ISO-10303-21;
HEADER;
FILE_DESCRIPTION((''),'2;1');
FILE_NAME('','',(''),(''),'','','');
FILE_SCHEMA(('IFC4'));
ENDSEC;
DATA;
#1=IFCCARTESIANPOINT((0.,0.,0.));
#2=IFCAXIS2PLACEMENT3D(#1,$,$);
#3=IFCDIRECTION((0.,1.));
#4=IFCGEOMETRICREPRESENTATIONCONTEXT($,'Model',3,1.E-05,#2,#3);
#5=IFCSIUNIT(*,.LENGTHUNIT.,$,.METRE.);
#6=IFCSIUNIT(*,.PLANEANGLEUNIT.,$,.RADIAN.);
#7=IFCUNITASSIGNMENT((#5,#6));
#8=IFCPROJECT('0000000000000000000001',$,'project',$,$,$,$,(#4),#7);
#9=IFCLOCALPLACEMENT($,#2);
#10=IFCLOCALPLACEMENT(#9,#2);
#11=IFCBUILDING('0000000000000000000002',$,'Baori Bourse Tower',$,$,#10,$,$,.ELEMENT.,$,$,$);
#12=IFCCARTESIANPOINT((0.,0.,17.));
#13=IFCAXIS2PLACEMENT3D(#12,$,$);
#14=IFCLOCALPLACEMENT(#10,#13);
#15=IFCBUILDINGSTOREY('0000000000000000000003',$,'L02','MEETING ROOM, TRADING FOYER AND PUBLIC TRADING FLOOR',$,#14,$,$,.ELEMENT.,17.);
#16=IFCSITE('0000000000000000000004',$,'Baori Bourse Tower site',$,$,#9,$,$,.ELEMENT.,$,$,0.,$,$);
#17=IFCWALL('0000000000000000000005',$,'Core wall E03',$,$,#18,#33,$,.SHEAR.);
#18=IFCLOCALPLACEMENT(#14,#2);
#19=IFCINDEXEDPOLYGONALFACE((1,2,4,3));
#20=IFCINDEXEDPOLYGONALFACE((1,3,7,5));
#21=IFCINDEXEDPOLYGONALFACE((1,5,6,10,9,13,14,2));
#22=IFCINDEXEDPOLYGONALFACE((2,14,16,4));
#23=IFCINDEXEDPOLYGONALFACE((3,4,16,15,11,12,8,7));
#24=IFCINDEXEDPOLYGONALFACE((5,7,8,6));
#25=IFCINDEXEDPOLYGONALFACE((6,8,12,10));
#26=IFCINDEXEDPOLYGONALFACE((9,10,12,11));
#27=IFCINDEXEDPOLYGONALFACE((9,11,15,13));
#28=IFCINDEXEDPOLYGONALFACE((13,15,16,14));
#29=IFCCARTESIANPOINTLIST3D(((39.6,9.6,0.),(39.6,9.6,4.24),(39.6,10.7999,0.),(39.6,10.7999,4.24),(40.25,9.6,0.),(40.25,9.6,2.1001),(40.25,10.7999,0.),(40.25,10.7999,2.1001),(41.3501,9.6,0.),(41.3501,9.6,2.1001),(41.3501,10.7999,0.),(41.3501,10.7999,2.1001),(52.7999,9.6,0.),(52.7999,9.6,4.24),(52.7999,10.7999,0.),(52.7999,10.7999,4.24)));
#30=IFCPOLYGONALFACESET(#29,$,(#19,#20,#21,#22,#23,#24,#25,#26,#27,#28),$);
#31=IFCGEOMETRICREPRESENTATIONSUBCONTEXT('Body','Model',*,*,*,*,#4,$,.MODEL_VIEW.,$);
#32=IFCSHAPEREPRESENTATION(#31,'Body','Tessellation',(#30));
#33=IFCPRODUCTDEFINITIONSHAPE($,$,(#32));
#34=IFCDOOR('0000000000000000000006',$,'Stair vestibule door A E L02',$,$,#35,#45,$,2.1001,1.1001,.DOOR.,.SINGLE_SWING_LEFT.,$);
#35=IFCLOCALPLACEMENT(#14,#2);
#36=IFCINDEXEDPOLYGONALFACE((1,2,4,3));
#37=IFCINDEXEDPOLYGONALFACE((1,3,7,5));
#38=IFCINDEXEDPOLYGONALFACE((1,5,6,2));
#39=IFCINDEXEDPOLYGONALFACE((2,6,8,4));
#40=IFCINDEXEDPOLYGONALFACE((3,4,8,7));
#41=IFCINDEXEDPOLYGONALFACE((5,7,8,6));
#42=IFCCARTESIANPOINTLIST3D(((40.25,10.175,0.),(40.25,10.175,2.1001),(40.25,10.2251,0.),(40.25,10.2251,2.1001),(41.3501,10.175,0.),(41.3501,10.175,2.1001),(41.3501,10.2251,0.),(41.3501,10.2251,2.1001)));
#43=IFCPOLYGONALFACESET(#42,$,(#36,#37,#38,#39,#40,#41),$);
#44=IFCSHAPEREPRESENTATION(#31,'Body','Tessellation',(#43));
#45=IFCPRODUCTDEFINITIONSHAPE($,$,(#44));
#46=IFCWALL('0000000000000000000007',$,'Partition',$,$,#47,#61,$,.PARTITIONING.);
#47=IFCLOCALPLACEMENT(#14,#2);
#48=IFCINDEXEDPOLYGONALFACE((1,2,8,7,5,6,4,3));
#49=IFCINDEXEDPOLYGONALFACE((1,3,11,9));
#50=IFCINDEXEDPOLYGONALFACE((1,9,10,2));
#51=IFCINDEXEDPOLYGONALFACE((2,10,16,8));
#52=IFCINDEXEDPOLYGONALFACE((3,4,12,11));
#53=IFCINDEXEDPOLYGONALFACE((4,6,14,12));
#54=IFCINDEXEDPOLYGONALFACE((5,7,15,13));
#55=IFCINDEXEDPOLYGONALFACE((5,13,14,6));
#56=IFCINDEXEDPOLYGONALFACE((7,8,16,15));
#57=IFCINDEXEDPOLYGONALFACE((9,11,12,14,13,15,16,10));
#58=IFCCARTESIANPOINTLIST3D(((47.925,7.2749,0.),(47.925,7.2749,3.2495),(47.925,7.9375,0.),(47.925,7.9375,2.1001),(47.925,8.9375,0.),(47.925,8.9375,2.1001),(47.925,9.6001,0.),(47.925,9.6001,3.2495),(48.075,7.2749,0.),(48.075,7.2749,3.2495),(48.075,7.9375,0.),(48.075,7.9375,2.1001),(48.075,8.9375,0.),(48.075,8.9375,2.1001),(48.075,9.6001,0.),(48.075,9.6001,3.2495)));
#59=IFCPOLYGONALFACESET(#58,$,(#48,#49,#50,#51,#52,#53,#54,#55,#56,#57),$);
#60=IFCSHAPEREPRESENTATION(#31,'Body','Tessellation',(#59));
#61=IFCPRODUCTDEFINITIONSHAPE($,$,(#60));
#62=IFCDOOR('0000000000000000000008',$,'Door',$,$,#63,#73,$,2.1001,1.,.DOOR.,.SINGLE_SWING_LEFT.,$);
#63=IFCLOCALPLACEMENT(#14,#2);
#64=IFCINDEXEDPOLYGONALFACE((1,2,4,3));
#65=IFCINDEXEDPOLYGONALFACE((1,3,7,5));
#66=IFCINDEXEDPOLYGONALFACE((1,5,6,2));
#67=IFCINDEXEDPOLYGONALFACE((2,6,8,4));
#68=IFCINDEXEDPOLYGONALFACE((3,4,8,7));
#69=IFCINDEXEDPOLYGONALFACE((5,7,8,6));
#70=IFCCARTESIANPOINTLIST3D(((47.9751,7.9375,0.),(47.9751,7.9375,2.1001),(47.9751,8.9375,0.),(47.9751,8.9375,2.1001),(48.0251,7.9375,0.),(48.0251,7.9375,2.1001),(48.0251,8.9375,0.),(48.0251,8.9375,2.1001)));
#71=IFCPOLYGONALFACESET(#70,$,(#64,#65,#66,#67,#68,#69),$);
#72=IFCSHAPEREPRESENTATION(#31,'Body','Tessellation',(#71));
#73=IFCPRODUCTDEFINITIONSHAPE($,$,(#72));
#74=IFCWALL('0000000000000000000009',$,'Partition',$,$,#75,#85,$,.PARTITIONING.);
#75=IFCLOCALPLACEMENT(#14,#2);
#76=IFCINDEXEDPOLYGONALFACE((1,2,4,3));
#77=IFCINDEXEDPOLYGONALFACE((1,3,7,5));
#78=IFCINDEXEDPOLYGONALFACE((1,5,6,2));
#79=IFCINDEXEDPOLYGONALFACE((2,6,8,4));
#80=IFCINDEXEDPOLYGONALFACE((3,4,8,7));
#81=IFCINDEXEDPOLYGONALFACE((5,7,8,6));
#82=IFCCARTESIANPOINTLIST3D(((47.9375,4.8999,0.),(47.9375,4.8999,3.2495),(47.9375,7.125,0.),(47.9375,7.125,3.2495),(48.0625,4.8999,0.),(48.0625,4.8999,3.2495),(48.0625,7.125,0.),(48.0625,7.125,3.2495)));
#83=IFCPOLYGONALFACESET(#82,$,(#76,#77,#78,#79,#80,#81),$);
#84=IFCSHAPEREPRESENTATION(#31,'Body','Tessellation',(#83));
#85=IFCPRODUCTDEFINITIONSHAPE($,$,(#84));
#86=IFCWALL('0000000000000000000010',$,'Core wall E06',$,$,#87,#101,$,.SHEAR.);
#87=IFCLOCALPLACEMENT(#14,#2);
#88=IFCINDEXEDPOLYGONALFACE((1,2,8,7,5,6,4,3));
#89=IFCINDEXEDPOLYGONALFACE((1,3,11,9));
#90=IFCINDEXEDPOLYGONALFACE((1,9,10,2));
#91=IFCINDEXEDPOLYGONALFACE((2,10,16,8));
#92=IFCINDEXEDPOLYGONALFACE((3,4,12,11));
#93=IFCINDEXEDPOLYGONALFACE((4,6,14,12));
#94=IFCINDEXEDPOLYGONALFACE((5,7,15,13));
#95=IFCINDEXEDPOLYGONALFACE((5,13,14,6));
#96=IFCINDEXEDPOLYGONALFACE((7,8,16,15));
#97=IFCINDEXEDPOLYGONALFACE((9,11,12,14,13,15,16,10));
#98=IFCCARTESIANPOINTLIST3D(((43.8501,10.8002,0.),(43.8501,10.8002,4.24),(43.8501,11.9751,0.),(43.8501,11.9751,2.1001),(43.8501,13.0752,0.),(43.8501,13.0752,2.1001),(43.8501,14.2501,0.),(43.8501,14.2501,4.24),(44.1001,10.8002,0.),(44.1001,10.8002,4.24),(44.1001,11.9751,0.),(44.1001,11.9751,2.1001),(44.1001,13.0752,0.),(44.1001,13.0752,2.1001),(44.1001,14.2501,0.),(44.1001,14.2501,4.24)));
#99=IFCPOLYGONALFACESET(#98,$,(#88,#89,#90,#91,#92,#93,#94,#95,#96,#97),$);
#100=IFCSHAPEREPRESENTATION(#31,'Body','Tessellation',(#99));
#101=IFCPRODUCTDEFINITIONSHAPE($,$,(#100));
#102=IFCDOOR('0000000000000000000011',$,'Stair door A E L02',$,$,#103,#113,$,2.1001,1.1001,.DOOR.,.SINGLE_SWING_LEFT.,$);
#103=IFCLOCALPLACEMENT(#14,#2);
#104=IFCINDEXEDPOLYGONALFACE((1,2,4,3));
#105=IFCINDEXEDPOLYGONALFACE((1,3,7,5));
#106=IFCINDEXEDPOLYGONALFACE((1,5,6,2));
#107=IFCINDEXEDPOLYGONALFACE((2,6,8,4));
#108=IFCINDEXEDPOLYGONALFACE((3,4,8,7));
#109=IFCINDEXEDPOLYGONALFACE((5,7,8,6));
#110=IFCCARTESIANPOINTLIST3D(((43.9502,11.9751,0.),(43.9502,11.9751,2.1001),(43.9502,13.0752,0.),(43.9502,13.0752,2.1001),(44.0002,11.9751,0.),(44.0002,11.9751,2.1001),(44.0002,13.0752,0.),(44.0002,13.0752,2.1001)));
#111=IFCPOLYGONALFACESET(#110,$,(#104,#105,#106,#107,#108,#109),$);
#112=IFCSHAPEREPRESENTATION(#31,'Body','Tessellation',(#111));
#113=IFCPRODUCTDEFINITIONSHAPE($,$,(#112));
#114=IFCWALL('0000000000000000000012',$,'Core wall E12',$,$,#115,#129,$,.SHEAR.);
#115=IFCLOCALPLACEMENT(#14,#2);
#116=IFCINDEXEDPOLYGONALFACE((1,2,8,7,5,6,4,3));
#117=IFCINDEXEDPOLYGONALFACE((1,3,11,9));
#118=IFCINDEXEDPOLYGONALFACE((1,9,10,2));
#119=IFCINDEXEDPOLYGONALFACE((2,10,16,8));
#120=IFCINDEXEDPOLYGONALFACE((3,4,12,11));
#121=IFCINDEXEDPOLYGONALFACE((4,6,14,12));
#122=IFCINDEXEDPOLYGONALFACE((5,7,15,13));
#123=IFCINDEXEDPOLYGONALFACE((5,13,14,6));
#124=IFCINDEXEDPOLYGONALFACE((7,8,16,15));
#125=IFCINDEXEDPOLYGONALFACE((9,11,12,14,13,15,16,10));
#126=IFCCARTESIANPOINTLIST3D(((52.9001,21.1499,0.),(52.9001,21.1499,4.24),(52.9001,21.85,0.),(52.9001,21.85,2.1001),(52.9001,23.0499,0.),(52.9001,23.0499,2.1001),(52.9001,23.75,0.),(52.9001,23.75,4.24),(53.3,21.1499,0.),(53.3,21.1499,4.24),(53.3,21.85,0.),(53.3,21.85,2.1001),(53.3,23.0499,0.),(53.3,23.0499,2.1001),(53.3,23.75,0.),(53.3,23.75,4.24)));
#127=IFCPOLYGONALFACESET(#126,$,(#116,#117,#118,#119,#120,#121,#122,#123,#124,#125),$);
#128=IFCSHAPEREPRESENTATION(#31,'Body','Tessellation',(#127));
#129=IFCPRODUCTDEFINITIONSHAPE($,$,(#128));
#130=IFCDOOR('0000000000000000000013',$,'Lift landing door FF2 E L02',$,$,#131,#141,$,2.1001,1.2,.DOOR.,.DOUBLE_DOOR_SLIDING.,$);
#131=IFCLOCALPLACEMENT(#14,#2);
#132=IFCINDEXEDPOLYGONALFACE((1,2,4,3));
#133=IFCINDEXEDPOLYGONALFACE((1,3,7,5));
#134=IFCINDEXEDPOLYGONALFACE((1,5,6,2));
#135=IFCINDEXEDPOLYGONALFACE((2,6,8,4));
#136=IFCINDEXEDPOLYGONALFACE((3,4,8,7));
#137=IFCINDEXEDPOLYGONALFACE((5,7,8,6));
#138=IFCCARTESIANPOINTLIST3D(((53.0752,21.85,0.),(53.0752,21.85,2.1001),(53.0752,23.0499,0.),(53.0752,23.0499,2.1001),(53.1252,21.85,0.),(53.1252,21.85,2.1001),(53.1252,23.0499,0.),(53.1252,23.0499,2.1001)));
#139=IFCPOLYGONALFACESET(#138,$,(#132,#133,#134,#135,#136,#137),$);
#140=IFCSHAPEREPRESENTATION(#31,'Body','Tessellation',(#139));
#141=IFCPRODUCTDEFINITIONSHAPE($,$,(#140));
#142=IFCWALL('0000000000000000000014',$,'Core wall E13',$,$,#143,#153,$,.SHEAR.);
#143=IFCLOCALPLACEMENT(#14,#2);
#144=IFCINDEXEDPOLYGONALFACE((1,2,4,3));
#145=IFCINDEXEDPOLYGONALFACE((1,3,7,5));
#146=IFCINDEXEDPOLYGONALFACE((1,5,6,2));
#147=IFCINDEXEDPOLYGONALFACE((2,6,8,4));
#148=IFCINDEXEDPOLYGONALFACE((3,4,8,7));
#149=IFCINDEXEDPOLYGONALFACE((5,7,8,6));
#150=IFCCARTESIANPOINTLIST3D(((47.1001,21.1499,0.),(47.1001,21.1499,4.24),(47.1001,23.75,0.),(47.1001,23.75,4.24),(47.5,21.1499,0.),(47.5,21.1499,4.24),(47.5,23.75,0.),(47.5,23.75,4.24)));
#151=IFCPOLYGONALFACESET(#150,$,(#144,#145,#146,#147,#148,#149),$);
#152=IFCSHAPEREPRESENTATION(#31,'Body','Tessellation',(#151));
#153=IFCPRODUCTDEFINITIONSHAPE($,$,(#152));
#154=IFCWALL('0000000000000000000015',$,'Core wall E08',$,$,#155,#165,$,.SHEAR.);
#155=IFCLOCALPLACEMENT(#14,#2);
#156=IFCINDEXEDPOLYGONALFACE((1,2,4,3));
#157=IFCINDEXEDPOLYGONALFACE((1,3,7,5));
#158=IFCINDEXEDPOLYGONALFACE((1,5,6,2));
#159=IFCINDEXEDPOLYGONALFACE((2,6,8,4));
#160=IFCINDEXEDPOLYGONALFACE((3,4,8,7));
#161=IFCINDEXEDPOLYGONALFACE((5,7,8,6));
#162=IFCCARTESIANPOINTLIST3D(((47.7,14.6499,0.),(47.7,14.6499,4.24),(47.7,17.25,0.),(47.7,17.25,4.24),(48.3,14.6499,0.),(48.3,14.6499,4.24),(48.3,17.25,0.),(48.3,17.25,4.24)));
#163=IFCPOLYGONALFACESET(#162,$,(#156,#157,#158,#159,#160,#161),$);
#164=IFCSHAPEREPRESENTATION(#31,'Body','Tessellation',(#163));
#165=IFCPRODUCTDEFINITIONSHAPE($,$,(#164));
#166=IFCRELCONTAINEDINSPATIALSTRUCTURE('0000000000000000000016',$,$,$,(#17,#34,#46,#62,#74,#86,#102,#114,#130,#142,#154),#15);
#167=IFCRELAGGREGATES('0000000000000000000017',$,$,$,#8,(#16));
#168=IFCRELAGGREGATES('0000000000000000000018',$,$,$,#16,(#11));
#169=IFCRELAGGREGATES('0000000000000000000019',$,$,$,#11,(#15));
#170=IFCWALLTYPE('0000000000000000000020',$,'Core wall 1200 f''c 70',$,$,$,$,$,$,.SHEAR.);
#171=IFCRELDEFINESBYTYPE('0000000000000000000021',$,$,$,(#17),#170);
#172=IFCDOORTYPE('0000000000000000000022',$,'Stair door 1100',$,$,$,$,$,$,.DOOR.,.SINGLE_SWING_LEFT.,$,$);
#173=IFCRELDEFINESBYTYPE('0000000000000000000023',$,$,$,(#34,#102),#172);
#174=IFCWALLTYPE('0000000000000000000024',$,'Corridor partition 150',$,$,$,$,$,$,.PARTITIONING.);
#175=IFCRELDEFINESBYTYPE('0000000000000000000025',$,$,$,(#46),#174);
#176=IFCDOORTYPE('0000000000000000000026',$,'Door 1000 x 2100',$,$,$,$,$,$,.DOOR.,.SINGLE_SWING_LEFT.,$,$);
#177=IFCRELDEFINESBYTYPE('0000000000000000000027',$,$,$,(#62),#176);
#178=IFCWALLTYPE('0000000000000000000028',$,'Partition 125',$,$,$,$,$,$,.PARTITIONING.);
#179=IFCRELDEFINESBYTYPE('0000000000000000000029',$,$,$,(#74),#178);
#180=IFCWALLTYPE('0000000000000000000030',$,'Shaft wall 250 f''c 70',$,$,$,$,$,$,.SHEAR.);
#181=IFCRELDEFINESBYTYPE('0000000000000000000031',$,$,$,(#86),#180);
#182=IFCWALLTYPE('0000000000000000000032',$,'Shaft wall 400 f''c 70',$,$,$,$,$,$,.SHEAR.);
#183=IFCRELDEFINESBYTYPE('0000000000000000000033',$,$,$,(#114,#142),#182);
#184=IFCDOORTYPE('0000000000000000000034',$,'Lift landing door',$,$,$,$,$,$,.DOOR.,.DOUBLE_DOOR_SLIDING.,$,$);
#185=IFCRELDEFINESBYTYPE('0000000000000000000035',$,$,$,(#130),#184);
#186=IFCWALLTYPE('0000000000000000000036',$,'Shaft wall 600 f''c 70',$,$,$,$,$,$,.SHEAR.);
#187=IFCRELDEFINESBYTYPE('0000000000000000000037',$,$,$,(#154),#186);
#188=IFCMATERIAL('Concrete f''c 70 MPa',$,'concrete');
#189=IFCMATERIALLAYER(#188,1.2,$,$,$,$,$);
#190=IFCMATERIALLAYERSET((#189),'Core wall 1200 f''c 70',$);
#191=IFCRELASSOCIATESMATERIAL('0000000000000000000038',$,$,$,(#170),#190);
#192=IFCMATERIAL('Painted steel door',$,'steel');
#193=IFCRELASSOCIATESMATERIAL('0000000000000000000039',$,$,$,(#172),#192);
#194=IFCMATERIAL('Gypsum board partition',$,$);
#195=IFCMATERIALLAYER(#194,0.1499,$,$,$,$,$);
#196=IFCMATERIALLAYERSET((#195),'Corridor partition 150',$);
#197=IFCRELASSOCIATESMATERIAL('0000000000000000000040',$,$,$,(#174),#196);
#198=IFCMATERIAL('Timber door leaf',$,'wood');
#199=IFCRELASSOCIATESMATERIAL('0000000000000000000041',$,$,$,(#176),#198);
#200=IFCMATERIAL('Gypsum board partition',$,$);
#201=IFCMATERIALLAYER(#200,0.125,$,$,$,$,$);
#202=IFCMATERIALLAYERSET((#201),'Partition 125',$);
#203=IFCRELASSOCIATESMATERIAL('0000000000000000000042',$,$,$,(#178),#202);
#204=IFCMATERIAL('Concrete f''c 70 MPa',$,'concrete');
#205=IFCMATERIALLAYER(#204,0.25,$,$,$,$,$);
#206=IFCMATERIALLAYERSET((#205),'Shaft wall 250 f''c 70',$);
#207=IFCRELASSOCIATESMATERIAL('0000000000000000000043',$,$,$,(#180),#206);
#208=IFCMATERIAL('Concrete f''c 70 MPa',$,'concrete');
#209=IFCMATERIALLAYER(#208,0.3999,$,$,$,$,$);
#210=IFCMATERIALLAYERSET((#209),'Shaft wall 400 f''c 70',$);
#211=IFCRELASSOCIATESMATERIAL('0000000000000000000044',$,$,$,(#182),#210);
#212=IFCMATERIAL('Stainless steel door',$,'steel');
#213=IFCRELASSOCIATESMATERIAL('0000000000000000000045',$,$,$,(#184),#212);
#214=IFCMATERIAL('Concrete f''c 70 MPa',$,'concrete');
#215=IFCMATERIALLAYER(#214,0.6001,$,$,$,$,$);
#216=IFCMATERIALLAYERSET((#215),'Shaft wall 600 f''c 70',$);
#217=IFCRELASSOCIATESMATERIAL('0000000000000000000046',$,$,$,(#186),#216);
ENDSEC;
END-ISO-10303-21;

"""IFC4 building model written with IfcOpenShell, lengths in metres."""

from ifc_helpers import new_model, si_unit, direction, frame, frame_2d, origin, place, context, subcontext, project, spatial, rectangle, extrude, material, layer, layer_set, type_object, element, fill, save


model = new_model("IFC4")

# Units and contexts
model_context = context("Model", 3, precision=1e-05, world=origin(), true_north=direction((0.0, 1.0)))
body_context = subcontext(model_context, "Body", "Model", "MODEL_VIEW")
ifc_project = project(units=[si_unit("LENGTHUNIT", "METRE"), si_unit("PLANEANGLEUNIT", "RADIAN")], contexts=[model_context])

# Site, building, storey
site_placement = place(None, origin())
site = spatial("IfcSite", under=ifc_project, at=site_placement, Name="Baori Bourse Tower site", CompositionType="ELEMENT", RefElevation=0.0)
building_placement = place(site_placement, origin())
building = spatial("IfcBuilding", under=site, at=building_placement, Name="Baori Bourse Tower", CompositionType="ELEMENT")
storey_placement = place(building_placement, frame((0.0, 0.0, 17.0)))
storey = spatial("IfcBuildingStorey", under=building, at=storey_placement, Name="L02", Description="MEETING ROOM, TRADING FOYER AND PUBLIC TRADING FLOOR", CompositionType="ELEMENT", Elevation=17.0)

# Shared definitions
ifc_material_1 = material(Name="Concrete f'c 70 MPa", Category="concrete")
ifc_layer_1 = layer(ifc_material_1, 1.2)
ifc_layer_set_1 = layer_set([ifc_layer_1], Name="Core wall 1200 f'c 70")
wall_type_1 = type_object("IfcWallType", Name="Core wall 1200 f'c 70", PredefinedType="SHEAR", material=ifc_layer_set_1)

# Walls, openings, doors
wall_1_placement = place(storey_placement, frame((52.8, 10.2, 0.0), z_axis=(0.0, 0.0, 1.0), x_axis=(-1.0, 0.0, 0.0)))
wall_1 = element("IfcWall", 1, at=wall_1_placement, inside=storey, type_object=wall_type_1, Name="Core wall E03", PredefinedType="SHEAR", context=body_context, shape_type="SweptSolid", body=[
    extrude(rectangle(XDim=13.2, YDim=1.2, at=frame_2d((6.6001, 0.0))), origin(), (0.0, 0.0, 1.0), 4.24),
])
opening_1_placement = place(wall_1_placement, frame((11.45, 0.0, 0.0)))
opening_1 = element("IfcOpeningElement", 2, at=opening_1_placement, cuts=wall_1, PredefinedType="OPENING", context=body_context, shape_type="SweptSolid", body=[
    extrude(rectangle(XDim=1.1001, YDim=2.1001, at=frame_2d((0.55, 1.05))), frame((0.0, 0.6099, 0.0), z_axis=(0.0, -1.0, 0.0), x_axis=(1.0, 0.0, 0.0)), (0.0, 0.0, 1.0), 1.22),
])
ifc_material_2 = material(Name="Painted steel door", Category="steel")
door_type_1 = type_object("IfcDoorType", Name="Stair door 1100", OperationType="SINGLE_SWING_LEFT", PredefinedType="DOOR", material=ifc_material_2)
door_1_placement = place(opening_1_placement, origin())
door_1 = element("IfcDoor", 3, at=door_1_placement, inside=storey, type_object=door_type_1, Name="Stair vestibule door A E L02", OperationType="SINGLE_SWING_LEFT", OverallHeight=2.1001, OverallWidth=1.1001, PredefinedType="DOOR", context=body_context, shape_type="SweptSolid", body=[
    extrude(rectangle(XDim=1.1001, YDim=2.1001, at=frame_2d((0.55, 1.05))), frame((0.0, 0.0249, 0.0), z_axis=(0.0, -1.0, 0.0), x_axis=(1.0, 0.0, 0.0)), (0.0, 0.0, 1.0), 0.05),
])
fill(opening_1, door_1)
ifc_material_3 = material(Name="Gypsum board partition")
ifc_layer_2 = layer(ifc_material_3, 0.1499)
ifc_layer_set_2 = layer_set([ifc_layer_2], Name="Corridor partition 150")
wall_type_2 = type_object("IfcWallType", Name="Corridor partition 150", PredefinedType="PARTITIONING", material=ifc_layer_set_2)
wall_2_placement = place(storey_placement, frame((48.0, 7.2749, 0.0), z_axis=(0.0, 0.0, 1.0), x_axis=(0.0, 1.0, 0.0)))
wall_2 = element("IfcWall", 4, at=wall_2_placement, inside=storey, type_object=wall_type_2, Name="Partition", PredefinedType="PARTITIONING", context=body_context, shape_type="SweptSolid", body=[
    extrude(rectangle(XDim=2.3252, YDim=0.1499, at=frame_2d((1.1626, 0.0))), origin(), (0.0, 0.0, 1.0), 3.2495),
])
opening_2_placement = place(wall_2_placement, frame((0.6626, 0.0, 0.0)))
opening_2 = element("IfcOpeningElement", 5, at=opening_2_placement, cuts=wall_2, PredefinedType="OPENING", context=body_context, shape_type="SweptSolid", body=[
    extrude(rectangle(XDim=1.0, YDim=2.1001, at=frame_2d((0.5, 1.05))), frame((0.0, 0.085, 0.0), z_axis=(0.0, -1.0, 0.0), x_axis=(1.0, 0.0, 0.0)), (0.0, 0.0, 1.0), 0.1699),
])
ifc_material_4 = material(Name="Timber door leaf", Category="wood")
door_type_2 = type_object("IfcDoorType", Name="Door 1000 x 2100", OperationType="SINGLE_SWING_LEFT", PredefinedType="DOOR", material=ifc_material_4)
door_2_placement = place(opening_2_placement, origin())
door_2 = element("IfcDoor", 6, at=door_2_placement, inside=storey, type_object=door_type_2, Name="Door", OperationType="SINGLE_SWING_LEFT", OverallHeight=2.1001, OverallWidth=1.0, PredefinedType="DOOR", context=body_context, shape_type="SweptSolid", body=[
    extrude(rectangle(XDim=1.0, YDim=2.1001, at=frame_2d((0.5, 1.05))), frame((0.0, 0.0249, 0.0), z_axis=(0.0, -1.0, 0.0), x_axis=(1.0, 0.0, 0.0)), (0.0, 0.0, 1.0), 0.05),
])
fill(opening_2, door_2)

# Wall
ifc_material_5 = material(Name="Gypsum board partition")
ifc_layer_3 = layer(ifc_material_5, 0.125)
ifc_layer_set_3 = layer_set([ifc_layer_3], Name="Partition 125")
wall_type_3 = type_object("IfcWallType", Name="Partition 125", PredefinedType="PARTITIONING", material=ifc_layer_set_3)
wall_3_placement = place(storey_placement, frame((48.0, 4.8999, 0.0), z_axis=(0.0, 0.0, 1.0), x_axis=(0.0, 1.0, 0.0)))
element("IfcWall", 7, at=wall_3_placement, inside=storey, type_object=wall_type_3, Name="Partition", PredefinedType="PARTITIONING", context=body_context, shape_type="SweptSolid", body=[
    extrude(rectangle(XDim=2.2251, YDim=0.125, at=frame_2d((1.1125, 0.0))), origin(), (0.0, 0.0, 1.0), 3.2495),
])

# Walls, openings, doors
ifc_material_6 = material(Name="Concrete f'c 70 MPa", Category="concrete")
ifc_layer_4 = layer(ifc_material_6, 0.25)
ifc_layer_set_4 = layer_set([ifc_layer_4], Name="Shaft wall 250 f'c 70")
wall_type_4 = type_object("IfcWallType", Name="Shaft wall 250 f'c 70", PredefinedType="SHEAR", material=ifc_layer_set_4)
wall_4_placement = place(storey_placement, frame((43.9751, 10.8, 0.0), z_axis=(0.0, 0.0, 1.0), x_axis=(0.0, 1.0, 0.0)))
wall_4 = element("IfcWall", 8, at=wall_4_placement, inside=storey, type_object=wall_type_4, Name="Core wall E06", PredefinedType="SHEAR", context=body_context, shape_type="SweptSolid", body=[
    extrude(rectangle(XDim=3.45, YDim=0.25, at=frame_2d((1.7251, 0.0))), origin(), (0.0, 0.0, 1.0), 4.24),
])
opening_3_placement = place(wall_4_placement, frame((1.175, 0.0, 0.0)))
opening_3 = element("IfcOpeningElement", 9, at=opening_3_placement, cuts=wall_4, PredefinedType="OPENING", context=body_context, shape_type="SweptSolid", body=[
    extrude(rectangle(XDim=1.1001, YDim=2.1001, at=frame_2d((0.55, 1.05))), frame((0.0, 0.135, 0.0), z_axis=(0.0, -1.0, 0.0), x_axis=(1.0, 0.0, 0.0)), (0.0, 0.0, 1.0), 0.27),
])
door_3_placement = place(opening_3_placement, origin())
door_3 = element("IfcDoor", 10, at=door_3_placement, inside=storey, type_object=door_type_1, Name="Stair door A E L02", OperationType="SINGLE_SWING_LEFT", OverallHeight=2.1001, OverallWidth=1.1001, PredefinedType="DOOR", context=body_context, shape_type="SweptSolid", body=[
    extrude(rectangle(XDim=1.1001, YDim=2.1001, at=frame_2d((0.55, 1.05))), frame((0.0, 0.0249, 0.0), z_axis=(0.0, -1.0, 0.0), x_axis=(1.0, 0.0, 0.0)), (0.0, 0.0, 1.0), 0.05),
])
fill(opening_3, door_3)
ifc_material_7 = material(Name="Concrete f'c 70 MPa", Category="concrete")
ifc_layer_5 = layer(ifc_material_7, 0.3999)
ifc_layer_set_5 = layer_set([ifc_layer_5], Name="Shaft wall 400 f'c 70")
wall_type_5 = type_object("IfcWallType", Name="Shaft wall 400 f'c 70", PredefinedType="SHEAR", material=ifc_layer_set_5)
wall_5_placement = place(storey_placement, frame((53.1001, 21.1499, 0.0), z_axis=(0.0, 0.0, 1.0), x_axis=(0.0, 1.0, 0.0)))
wall_5 = element("IfcWall", 11, at=wall_5_placement, inside=storey, type_object=wall_type_5, Name="Core wall E12", PredefinedType="SHEAR", context=body_context, shape_type="SweptSolid", body=[
    extrude(rectangle(XDim=2.6001, YDim=0.3999, at=frame_2d((1.3, 0.0))), origin(), (0.0, 0.0, 1.0), 4.24),
])
opening_4_placement = place(wall_5_placement, frame((0.7, 0.0, 0.0)))
opening_4 = element("IfcOpeningElement", 12, at=opening_4_placement, cuts=wall_5, PredefinedType="OPENING", context=body_context, shape_type="SweptSolid", body=[
    extrude(rectangle(XDim=1.2, YDim=2.1001, at=frame_2d((0.6001, 1.05))), frame((0.0, 0.21, 0.0), z_axis=(0.0, -1.0, 0.0), x_axis=(1.0, 0.0, 0.0)), (0.0, 0.0, 1.0), 0.4199),
])
ifc_material_8 = material(Name="Stainless steel door", Category="steel")
door_type_3 = type_object("IfcDoorType", Name="Lift landing door", OperationType="DOUBLE_DOOR_SLIDING", PredefinedType="DOOR", material=ifc_material_8)
door_4_placement = place(opening_4_placement, origin())
door_4 = element("IfcDoor", 13, at=door_4_placement, inside=storey, type_object=door_type_3, Name="Lift landing door FF2 E L02", OperationType="DOUBLE_DOOR_SLIDING", OverallHeight=2.1001, OverallWidth=1.2, PredefinedType="DOOR", context=body_context, shape_type="SweptSolid", body=[
    extrude(rectangle(XDim=1.2, YDim=2.1001, at=frame_2d((0.6001, 1.05))), frame((0.0, 0.0249, 0.0), z_axis=(0.0, -1.0, 0.0), x_axis=(1.0, 0.0, 0.0)), (0.0, 0.0, 1.0), 0.05),
])
fill(opening_4, door_4)

# Walls
wall_6_placement = place(storey_placement, frame((47.3, 21.1499, 0.0), z_axis=(0.0, 0.0, 1.0), x_axis=(0.0, 1.0, 0.0)))
element("IfcWall", 14, at=wall_6_placement, inside=storey, type_object=wall_type_5, Name="Core wall E13", PredefinedType="SHEAR", context=body_context, shape_type="SweptSolid", body=[
    extrude(rectangle(XDim=2.6001, YDim=0.3999, at=frame_2d((1.3, 0.0))), origin(), (0.0, 0.0, 1.0), 4.24),
])
ifc_material_9 = material(Name="Concrete f'c 70 MPa", Category="concrete")
ifc_layer_6 = layer(ifc_material_9, 0.6001)
ifc_layer_set_6 = layer_set([ifc_layer_6], Name="Shaft wall 600 f'c 70")
wall_type_6 = type_object("IfcWallType", Name="Shaft wall 600 f'c 70", PredefinedType="SHEAR", material=ifc_layer_set_6)
wall_7_placement = place(storey_placement, frame((48.0, 14.6499, 0.0), z_axis=(0.0, 0.0, 1.0), x_axis=(0.0, 1.0, 0.0)))
element("IfcWall", 15, at=wall_7_placement, inside=storey, type_object=wall_type_6, Name="Core wall E08", PredefinedType="SHEAR", context=body_context, shape_type="SweptSolid", body=[
    extrude(rectangle(XDim=2.6001, YDim=0.6001, at=frame_2d((1.3, 0.0))), origin(), (0.0, 0.0, 1.0), 4.24),
])

save(model, "model.ifc")
